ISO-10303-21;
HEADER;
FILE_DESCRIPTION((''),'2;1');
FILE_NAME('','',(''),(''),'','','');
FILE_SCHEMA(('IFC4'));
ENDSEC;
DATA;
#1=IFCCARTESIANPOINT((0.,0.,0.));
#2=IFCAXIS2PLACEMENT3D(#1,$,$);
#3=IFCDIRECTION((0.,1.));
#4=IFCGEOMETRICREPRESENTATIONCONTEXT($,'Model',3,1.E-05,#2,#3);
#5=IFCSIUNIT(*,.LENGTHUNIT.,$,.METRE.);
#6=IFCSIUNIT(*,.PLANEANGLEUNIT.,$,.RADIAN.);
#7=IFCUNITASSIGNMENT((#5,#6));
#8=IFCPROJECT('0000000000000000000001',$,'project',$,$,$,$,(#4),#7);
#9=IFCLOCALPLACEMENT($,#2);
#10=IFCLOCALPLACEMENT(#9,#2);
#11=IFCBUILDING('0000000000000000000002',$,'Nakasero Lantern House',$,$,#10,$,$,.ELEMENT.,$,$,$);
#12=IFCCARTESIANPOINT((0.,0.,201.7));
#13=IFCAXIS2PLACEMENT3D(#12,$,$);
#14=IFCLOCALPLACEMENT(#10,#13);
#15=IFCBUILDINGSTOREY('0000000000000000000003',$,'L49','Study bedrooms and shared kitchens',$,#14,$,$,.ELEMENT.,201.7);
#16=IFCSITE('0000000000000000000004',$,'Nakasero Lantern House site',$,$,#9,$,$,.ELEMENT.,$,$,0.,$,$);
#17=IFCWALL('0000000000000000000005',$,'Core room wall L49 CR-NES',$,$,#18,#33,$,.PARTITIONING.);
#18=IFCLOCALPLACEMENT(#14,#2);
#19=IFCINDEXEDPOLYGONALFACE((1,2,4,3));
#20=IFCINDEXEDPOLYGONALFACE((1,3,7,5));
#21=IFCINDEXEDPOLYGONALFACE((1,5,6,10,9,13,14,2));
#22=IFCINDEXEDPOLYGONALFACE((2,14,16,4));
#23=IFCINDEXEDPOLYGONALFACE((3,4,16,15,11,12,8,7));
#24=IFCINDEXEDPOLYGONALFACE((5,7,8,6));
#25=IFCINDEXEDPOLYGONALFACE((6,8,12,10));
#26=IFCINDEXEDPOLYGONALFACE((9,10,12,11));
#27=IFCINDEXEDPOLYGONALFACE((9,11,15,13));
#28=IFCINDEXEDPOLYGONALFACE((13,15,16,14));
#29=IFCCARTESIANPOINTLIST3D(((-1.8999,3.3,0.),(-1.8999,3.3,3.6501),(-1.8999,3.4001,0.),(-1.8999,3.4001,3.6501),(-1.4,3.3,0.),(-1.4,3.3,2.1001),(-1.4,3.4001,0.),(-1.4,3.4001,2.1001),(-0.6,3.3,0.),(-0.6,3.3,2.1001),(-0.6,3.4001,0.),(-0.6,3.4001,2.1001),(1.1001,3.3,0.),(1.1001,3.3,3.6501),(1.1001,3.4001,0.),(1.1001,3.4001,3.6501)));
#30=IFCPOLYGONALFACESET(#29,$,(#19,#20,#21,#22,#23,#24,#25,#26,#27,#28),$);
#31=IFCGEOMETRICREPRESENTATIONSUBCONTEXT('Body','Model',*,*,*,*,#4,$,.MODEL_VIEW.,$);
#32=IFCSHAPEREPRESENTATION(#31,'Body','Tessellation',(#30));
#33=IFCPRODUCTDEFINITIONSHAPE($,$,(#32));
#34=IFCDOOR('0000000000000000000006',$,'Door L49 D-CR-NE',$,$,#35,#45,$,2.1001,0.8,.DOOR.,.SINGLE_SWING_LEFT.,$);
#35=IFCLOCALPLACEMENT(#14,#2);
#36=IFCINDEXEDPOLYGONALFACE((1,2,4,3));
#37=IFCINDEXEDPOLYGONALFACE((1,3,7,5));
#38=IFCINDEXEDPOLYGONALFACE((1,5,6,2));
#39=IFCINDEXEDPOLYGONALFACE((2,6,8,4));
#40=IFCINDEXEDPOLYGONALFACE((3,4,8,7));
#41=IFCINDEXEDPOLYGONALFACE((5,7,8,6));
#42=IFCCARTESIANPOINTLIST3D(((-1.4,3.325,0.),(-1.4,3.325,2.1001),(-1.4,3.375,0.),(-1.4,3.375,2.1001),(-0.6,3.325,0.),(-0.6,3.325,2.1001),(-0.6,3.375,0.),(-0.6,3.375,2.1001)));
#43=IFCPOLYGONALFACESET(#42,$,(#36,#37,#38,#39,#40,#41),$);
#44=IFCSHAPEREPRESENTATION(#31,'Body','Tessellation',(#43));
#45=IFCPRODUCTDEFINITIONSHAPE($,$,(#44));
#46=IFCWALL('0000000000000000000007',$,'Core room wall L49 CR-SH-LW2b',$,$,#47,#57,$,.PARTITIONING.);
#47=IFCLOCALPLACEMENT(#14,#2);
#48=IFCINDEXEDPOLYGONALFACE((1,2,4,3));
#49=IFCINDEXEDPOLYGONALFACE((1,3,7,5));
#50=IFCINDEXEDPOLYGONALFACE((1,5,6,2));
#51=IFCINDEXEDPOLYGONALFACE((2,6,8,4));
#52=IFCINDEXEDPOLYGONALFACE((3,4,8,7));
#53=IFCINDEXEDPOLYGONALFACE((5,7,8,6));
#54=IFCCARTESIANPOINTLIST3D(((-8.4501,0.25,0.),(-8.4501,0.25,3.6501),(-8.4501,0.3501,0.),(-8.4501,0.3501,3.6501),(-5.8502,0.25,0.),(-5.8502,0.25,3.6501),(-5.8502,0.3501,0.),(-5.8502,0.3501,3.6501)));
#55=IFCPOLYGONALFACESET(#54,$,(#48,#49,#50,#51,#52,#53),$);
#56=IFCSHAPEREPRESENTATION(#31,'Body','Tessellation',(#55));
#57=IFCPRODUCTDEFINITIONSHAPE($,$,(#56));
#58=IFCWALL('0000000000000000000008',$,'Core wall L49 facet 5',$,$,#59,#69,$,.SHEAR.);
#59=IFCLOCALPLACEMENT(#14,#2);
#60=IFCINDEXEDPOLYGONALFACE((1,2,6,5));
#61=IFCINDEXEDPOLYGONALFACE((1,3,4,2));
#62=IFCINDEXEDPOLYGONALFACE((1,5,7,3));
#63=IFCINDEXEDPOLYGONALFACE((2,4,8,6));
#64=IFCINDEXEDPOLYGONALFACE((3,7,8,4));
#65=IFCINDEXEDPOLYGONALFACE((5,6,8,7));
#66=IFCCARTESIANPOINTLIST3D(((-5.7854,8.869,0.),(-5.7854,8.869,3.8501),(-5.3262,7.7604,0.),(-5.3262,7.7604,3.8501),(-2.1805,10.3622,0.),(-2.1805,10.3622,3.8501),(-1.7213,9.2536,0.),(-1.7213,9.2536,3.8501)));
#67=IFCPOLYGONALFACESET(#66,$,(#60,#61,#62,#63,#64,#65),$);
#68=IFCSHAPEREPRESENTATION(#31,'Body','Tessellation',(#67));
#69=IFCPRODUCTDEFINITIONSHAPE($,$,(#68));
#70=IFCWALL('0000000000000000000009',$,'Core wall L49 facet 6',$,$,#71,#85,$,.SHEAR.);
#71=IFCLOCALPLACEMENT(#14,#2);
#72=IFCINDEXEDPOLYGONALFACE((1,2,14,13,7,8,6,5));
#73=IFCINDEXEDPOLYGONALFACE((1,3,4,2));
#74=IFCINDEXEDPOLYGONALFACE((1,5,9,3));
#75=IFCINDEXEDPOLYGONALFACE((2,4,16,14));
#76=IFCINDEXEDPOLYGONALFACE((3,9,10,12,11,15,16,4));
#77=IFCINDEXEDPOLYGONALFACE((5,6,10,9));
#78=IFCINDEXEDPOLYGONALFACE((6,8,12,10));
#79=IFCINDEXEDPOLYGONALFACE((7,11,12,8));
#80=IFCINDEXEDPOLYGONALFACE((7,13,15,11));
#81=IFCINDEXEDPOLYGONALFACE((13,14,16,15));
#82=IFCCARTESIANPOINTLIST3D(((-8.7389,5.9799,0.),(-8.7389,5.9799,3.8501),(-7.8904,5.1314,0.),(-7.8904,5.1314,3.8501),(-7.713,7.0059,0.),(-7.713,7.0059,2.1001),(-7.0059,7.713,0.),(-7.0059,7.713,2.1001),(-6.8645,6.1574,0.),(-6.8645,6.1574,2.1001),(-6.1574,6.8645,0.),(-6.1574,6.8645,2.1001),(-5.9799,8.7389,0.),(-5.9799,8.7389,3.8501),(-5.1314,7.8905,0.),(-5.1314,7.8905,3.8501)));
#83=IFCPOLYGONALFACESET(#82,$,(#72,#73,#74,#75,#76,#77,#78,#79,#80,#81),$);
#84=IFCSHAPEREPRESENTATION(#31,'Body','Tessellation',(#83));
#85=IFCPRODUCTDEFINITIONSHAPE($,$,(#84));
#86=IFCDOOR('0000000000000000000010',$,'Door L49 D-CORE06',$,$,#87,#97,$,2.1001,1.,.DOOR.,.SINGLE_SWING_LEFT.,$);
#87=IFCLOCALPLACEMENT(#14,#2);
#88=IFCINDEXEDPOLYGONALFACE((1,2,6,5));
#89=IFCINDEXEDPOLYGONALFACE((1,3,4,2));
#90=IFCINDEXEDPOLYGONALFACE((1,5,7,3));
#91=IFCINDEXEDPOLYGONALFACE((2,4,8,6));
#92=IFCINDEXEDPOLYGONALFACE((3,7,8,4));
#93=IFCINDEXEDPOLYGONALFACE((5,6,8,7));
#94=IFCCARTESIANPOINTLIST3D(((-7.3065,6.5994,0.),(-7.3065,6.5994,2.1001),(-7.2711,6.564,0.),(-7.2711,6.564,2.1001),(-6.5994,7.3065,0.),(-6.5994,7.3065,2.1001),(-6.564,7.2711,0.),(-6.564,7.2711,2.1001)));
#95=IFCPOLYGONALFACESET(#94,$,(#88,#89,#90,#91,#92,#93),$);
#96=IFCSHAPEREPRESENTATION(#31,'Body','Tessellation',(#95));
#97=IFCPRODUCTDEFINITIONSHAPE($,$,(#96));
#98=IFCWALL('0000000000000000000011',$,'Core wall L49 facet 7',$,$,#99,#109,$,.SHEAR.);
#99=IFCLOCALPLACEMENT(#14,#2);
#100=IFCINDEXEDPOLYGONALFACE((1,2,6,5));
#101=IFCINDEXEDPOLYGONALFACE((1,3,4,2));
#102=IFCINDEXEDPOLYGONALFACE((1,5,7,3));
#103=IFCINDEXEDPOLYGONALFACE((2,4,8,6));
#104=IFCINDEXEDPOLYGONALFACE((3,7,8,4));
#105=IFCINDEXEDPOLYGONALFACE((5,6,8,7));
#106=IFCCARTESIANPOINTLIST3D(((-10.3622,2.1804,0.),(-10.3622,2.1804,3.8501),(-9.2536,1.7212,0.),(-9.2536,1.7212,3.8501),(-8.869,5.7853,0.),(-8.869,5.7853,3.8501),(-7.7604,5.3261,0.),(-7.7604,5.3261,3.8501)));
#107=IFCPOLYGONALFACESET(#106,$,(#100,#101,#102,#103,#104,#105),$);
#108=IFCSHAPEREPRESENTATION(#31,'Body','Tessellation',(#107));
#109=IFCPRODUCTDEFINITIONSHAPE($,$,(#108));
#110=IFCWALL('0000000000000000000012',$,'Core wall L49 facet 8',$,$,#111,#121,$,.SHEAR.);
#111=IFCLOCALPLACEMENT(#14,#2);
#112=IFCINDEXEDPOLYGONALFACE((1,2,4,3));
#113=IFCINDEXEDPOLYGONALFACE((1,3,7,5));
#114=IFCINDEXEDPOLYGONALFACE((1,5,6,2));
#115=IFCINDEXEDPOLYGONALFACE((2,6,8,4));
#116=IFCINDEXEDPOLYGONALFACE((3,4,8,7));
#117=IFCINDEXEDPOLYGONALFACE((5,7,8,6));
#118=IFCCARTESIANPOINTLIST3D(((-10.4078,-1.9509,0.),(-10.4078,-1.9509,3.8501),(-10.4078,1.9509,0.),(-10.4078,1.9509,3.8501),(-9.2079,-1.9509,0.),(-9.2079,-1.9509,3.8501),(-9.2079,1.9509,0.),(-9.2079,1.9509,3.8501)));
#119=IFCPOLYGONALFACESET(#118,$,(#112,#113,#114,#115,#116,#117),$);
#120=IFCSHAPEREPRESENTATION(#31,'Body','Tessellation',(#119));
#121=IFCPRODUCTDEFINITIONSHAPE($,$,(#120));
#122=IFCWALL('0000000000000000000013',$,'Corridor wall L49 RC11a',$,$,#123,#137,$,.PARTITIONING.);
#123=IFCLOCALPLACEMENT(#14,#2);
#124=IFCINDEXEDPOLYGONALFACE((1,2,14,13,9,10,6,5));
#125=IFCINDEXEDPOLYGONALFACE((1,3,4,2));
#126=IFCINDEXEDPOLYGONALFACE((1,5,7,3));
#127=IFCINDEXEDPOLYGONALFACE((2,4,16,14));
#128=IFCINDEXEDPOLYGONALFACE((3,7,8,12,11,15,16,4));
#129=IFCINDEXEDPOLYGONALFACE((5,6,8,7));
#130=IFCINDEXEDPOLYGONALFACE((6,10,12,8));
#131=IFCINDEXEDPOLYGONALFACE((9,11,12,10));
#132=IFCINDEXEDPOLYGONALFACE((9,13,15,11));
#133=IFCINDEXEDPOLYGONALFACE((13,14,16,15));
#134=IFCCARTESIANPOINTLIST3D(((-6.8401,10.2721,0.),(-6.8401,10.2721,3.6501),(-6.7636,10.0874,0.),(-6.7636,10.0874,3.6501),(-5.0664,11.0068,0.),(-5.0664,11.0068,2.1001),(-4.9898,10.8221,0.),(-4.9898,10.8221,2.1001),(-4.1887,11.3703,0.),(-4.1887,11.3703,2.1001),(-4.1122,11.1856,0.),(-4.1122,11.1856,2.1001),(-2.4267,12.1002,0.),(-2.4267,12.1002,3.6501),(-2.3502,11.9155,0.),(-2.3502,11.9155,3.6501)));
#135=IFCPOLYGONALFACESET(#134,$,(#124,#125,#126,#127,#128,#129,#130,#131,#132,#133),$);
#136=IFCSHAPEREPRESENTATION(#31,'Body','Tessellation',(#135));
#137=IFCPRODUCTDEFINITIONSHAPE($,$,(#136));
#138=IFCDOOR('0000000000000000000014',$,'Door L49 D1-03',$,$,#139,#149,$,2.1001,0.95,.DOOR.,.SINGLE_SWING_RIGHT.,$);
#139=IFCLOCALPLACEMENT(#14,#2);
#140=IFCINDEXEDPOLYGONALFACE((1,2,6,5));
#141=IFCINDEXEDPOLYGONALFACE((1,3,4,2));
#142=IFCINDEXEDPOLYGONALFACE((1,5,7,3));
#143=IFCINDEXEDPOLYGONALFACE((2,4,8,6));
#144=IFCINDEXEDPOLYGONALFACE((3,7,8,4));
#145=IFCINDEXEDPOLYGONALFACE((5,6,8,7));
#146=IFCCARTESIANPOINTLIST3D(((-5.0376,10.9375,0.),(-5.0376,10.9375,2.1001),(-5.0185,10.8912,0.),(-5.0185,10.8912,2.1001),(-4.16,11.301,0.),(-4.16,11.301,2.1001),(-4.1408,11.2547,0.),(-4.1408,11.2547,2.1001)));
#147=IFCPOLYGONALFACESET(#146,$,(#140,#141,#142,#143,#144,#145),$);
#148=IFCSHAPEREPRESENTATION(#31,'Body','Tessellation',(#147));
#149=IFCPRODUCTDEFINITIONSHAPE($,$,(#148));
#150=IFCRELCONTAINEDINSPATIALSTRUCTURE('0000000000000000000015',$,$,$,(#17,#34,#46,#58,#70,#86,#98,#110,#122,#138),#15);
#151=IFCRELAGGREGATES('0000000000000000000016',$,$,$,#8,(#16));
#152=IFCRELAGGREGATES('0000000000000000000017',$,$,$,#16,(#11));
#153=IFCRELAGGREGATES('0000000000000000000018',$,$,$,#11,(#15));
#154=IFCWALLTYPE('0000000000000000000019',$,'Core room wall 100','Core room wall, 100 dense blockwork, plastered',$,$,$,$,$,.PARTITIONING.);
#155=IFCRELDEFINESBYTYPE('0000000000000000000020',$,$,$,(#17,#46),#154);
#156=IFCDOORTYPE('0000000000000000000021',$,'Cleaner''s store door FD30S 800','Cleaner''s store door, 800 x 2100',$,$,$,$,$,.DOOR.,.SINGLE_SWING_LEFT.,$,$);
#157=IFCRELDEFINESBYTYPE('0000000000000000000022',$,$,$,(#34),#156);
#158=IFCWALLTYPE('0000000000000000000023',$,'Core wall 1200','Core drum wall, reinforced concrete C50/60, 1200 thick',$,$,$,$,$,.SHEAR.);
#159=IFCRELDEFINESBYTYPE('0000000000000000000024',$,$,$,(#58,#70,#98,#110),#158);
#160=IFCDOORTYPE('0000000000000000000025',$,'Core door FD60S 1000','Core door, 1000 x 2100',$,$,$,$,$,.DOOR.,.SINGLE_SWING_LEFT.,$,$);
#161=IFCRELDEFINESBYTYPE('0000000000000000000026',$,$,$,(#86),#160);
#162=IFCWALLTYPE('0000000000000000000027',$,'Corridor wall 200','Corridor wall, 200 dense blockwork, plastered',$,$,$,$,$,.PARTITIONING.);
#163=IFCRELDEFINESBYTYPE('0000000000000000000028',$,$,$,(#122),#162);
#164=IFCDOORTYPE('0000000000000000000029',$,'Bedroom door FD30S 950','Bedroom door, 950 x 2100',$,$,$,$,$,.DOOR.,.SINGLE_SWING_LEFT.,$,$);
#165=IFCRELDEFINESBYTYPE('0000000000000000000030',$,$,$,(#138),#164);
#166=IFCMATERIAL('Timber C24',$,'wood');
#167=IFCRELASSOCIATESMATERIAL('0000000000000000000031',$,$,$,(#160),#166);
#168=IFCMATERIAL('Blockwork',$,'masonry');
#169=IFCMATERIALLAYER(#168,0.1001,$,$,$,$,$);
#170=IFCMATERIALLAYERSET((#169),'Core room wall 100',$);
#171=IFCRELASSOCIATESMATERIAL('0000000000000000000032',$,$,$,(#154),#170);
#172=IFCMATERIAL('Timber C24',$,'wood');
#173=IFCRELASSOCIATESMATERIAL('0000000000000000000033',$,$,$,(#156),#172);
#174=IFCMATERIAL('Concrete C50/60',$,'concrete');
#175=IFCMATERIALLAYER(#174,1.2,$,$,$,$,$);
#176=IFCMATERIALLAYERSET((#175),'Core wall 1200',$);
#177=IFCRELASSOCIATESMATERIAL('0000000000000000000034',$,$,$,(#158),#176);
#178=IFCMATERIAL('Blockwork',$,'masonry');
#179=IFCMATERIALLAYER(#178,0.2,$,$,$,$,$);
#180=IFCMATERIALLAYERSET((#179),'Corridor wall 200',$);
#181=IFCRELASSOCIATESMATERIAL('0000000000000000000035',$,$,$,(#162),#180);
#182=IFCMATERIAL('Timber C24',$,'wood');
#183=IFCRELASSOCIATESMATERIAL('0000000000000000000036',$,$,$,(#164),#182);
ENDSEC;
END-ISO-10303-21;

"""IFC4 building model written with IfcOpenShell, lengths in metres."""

from ifc_helpers import new_model, si_unit, direction, frame, frame_2d, origin, place, context, subcontext, project, spatial, rectangle, extrude, material, layer, layer_set, type_object, element, fill, save


model = new_model("IFC4")

# Units and contexts
model_context = context("Model", 3, precision=1e-05, world=origin(), true_north=direction((0.0, 1.0)))
body_context = subcontext(model_context, "Body", "Model", "MODEL_VIEW")
ifc_project = project(units=[si_unit("LENGTHUNIT", "METRE"), si_unit("PLANEANGLEUNIT", "RADIAN")], contexts=[model_context])

# Site, building, storey
site_placement = place(None, origin())
site = spatial("IfcSite", under=ifc_project, at=site_placement, Name="Nakasero Lantern House site", CompositionType="ELEMENT", RefElevation=0.0)
building_placement = place(site_placement, origin())
building = spatial("IfcBuilding", under=site, at=building_placement, Name="Nakasero Lantern House", CompositionType="ELEMENT")
storey_placement = place(building_placement, frame((0.0, 0.0, 201.7)))
storey = spatial("IfcBuildingStorey", under=building, at=storey_placement, Name="L49", Description="Study bedrooms and shared kitchens", CompositionType="ELEMENT", Elevation=201.7)

# Shared definitions
ifc_material_1 = material(Name="Timber C24", Category="wood")
door_type_1 = type_object("IfcDoorType", Name="Core door FD60S 1000", Description="Core door, 1000 x 2100", OperationType="SINGLE_SWING_LEFT", PredefinedType="DOOR", material=ifc_material_1)

# Wall, opening, door
ifc_material_2 = material(Name="Blockwork", Category="masonry")
ifc_layer_1 = layer(ifc_material_2, 0.1001)
ifc_layer_set_1 = layer_set([ifc_layer_1], Name="Core room wall 100")
wall_type_1 = type_object("IfcWallType", Name="Core room wall 100", Description="Core room wall, 100 dense blockwork, plastered", PredefinedType="PARTITIONING", material=ifc_layer_set_1)
wall_1_placement = place(storey_placement, frame((-1.8999, 3.3501, 0.0), z_axis=(0.0, 0.0, 1.0), x_axis=(1.0, 0.0, 0.0)))
wall_1 = element("IfcWall", 1, at=wall_1_placement, inside=storey, type_object=wall_type_1, Name="Core room wall L49 CR-NES", PredefinedType="PARTITIONING", context=body_context, shape_type="SweptSolid", body=[
    extrude(rectangle(XDim=3.0, YDim=0.1001, at=frame_2d((1.5, 0.0))), origin(), (0.0, 0.0, 1.0), 3.6501),
])
opening_1_placement = place(wall_1_placement, frame((0.5, 0.0, 0.0)))
opening_1 = element("IfcOpeningElement", 2, at=opening_1_placement, cuts=wall_1, PredefinedType="OPENING", context=body_context, shape_type="SweptSolid", body=[
    extrude(rectangle(XDim=0.8, YDim=2.1001, at=frame_2d((0.3999, 1.05))), frame((0.0, 0.0701, 0.0), z_axis=(0.0, -1.0, 0.0), x_axis=(1.0, 0.0, 0.0)), (0.0, 0.0, 1.0), 0.1401),
])
ifc_material_3 = material(Name="Timber C24", Category="wood")
door_type_2 = type_object("IfcDoorType", Name="Cleaner's store door FD30S 800", Description="Cleaner's store door, 800 x 2100", OperationType="SINGLE_SWING_LEFT", PredefinedType="DOOR", material=ifc_material_3)
door_1_placement = place(opening_1_placement, origin())
door_1 = element("IfcDoor", 3, at=door_1_placement, inside=storey, type_object=door_type_2, Name="Door L49 D-CR-NE", OperationType="SINGLE_SWING_LEFT", OverallHeight=2.1001, OverallWidth=0.8, PredefinedType="DOOR", context=body_context, shape_type="SweptSolid", body=[
    extrude(rectangle(XDim=0.8, YDim=2.1001, at=frame_2d((0.3999, 1.05))), frame((0.0, 0.0249, 0.0), z_axis=(0.0, -1.0, 0.0), x_axis=(1.0, 0.0, 0.0)), (0.0, 0.0, 1.0), 0.05),
])
fill(opening_1, door_1)

# Walls
wall_2_placement = place(storey_placement, frame((-8.45, 0.3, 0.0), z_axis=(0.0, 0.0, 1.0), x_axis=(1.0, 0.0, 0.0)))
element("IfcWall", 4, at=wall_2_placement, inside=storey, type_object=wall_type_1, Name="Core room wall L49 CR-SH-LW2b", PredefinedType="PARTITIONING", context=body_context, shape_type="SweptSolid", body=[
    extrude(rectangle(XDim=2.5999, YDim=0.1001, at=frame_2d((1.2998, 0.0))), origin(), (0.0, 0.0, 1.0), 3.6501),
])
ifc_material_4 = material(Name="Concrete C50/60", Category="concrete")
ifc_layer_2 = layer(ifc_material_4, 1.2)
ifc_layer_set_2 = layer_set([ifc_layer_2], Name="Core wall 1200")
wall_type_2 = type_object("IfcWallType", Name="Core wall 1200", Description="Core drum wall, reinforced concrete C50/60, 1200 thick", PredefinedType="SHEAR", material=ifc_layer_set_2)
wall_3_placement = place(storey_placement, frame((-1.9509, 9.8079, 0.0), z_axis=(0.0, 0.0, 1.0), x_axis=(-0.923877, -0.382691, 0.0)))
element("IfcWall", 5, at=wall_3_placement, inside=storey, type_object=wall_type_2, Name="Core wall L49 facet 5", PredefinedType="SHEAR", context=body_context, shape_type="SweptSolid", body=[
    extrude(rectangle(XDim=3.9019, YDim=1.2, at=frame_2d((1.9509, 0.0))), origin(), (0.0, 0.0, 1.0), 3.8501),
])

# Wall, opening, door
wall_4_placement = place(storey_placement, frame((-5.5557, 8.3147, 0.0), z_axis=(0.0, 0.0, 1.0), x_axis=(-0.707107, -0.707107, 0.0)))
wall_4 = element("IfcWall", 6, at=wall_4_placement, inside=storey, type_object=wall_type_2, Name="Core wall L49 facet 6", PredefinedType="SHEAR", context=body_context, shape_type="SweptSolid", body=[
    extrude(rectangle(XDim=3.9019, YDim=1.2, at=frame_2d((1.9509, 0.0))), origin(), (0.0, 0.0, 1.0), 3.8501),
])
opening_2_placement = place(wall_4_placement, frame((1.4509, 0.0, 0.0)))
opening_2 = element("IfcOpeningElement", 7, at=opening_2_placement, cuts=wall_4, PredefinedType="OPENING", context=body_context, shape_type="SweptSolid", body=[
    extrude(rectangle(XDim=1.0, YDim=2.1001, at=frame_2d((0.5, 1.05))), frame((0.0, 0.6199, 0.0), z_axis=(0.0, -1.0, 0.0), x_axis=(1.0, 0.0, 0.0)), (0.0, 0.0, 1.0), 1.24),
])
door_2_placement = place(opening_2_placement, origin())
door_2 = element("IfcDoor", 8, at=door_2_placement, inside=storey, type_object=door_type_1, Name="Door L49 D-CORE06", OperationType="SINGLE_SWING_LEFT", OverallHeight=2.1001, OverallWidth=1.0, PredefinedType="DOOR", context=body_context, shape_type="SweptSolid", body=[
    extrude(rectangle(XDim=1.0, YDim=2.1001, at=frame_2d((0.5, 1.05))), frame((0.0, 0.0249, 0.0), z_axis=(0.0, -1.0, 0.0), x_axis=(1.0, 0.0, 0.0)), (0.0, 0.0, 1.0), 0.05),
])
fill(opening_2, door_2)

# Walls
for number, where, z_axis, x_axis, name in (
    (9, (-8.3147, 5.5557, 0.0), (0.0, 0.0, 1.0), (-0.382691, -0.923877, 0.0), "Core wall L49 facet 7"),
    (10, (-9.8079, 1.9509, 0.0), (0.0, 0.0, 1.0), (0.0, -1.0, 0.0), "Core wall L49 facet 8"),
):
    element("IfcWall", number, at=place(storey_placement, frame(where, z_axis=z_axis, x_axis=x_axis)), inside=storey, type_object=wall_type_2, Name=name, PredefinedType="SHEAR", context=body_context, shape_type="SweptSolid", body=[
        extrude(rectangle(XDim=3.9019, YDim=1.2, at=frame_2d((1.9509, 0.0))), origin(), (0.0, 0.0, 1.0), 3.8501),
    ])

# Wall, opening, door
ifc_material_5 = material(Name="Blockwork", Category="masonry")
ifc_layer_3 = layer(ifc_material_5, 0.2)
ifc_layer_set_3 = layer_set([ifc_layer_3], Name="Corridor wall 200")
wall_type_3 = type_object("IfcWallType", Name="Corridor wall 200", Description="Corridor wall, 200 dense blockwork, plastered", PredefinedType="PARTITIONING", material=ifc_layer_set_3)
wall_5_placement = place(storey_placement, frame((-6.802, 10.1797, 0.0), z_axis=(0.0, 0.0, 1.0), x_axis=(0.923882, 0.382677, 0.0)))
wall_5 = element("IfcWall", 11, at=wall_5_placement, inside=storey, type_object=wall_type_3, Name="Corridor wall L49 RC11a", PredefinedType="PARTITIONING", context=body_context, shape_type="SweptSolid", body=[
    extrude(rectangle(XDim=4.7771, YDim=0.2, at=frame_2d((2.3887, 0.0))), origin(), (0.0, 0.0, 1.0), 3.6501),
])
opening_3_placement = place(wall_5_placement, frame((1.9199, 0.0, 0.0)))
opening_3 = element("IfcOpeningElement", 12, at=opening_3_placement, cuts=wall_5, PredefinedType="OPENING", context=body_context, shape_type="SweptSolid", body=[
    extrude(rectangle(XDim=0.95, YDim=2.1001, at=frame_2d((0.4751, 1.05))), frame((0.0, 0.1199, 0.0), z_axis=(0.0, -1.0, 0.0), x_axis=(1.0, 0.0, 0.0)), (0.0, 0.0, 1.0), 0.24),
])
ifc_material_6 = material(Name="Timber C24", Category="wood")
door_type_3 = type_object("IfcDoorType", Name="Bedroom door FD30S 950", Description="Bedroom door, 950 x 2100", OperationType="SINGLE_SWING_LEFT", PredefinedType="DOOR", material=ifc_material_6)
door_3_placement = place(opening_3_placement, origin())
door_3 = element("IfcDoor", 13, at=door_3_placement, inside=storey, type_object=door_type_3, Name="Door L49 D1-03", OperationType="SINGLE_SWING_RIGHT", OverallHeight=2.1001, OverallWidth=0.95, PredefinedType="DOOR", context=body_context, shape_type="SweptSolid", body=[
    extrude(rectangle(XDim=0.95, YDim=2.1001, at=frame_2d((0.4751, 1.05))), frame((0.0, 0.0249, 0.0), z_axis=(0.0, -1.0, 0.0), x_axis=(1.0, 0.0, 0.0)), (0.0, 0.0, 1.0), 0.05),
])
fill(opening_3, door_3)

save(model, "model.ifc")
